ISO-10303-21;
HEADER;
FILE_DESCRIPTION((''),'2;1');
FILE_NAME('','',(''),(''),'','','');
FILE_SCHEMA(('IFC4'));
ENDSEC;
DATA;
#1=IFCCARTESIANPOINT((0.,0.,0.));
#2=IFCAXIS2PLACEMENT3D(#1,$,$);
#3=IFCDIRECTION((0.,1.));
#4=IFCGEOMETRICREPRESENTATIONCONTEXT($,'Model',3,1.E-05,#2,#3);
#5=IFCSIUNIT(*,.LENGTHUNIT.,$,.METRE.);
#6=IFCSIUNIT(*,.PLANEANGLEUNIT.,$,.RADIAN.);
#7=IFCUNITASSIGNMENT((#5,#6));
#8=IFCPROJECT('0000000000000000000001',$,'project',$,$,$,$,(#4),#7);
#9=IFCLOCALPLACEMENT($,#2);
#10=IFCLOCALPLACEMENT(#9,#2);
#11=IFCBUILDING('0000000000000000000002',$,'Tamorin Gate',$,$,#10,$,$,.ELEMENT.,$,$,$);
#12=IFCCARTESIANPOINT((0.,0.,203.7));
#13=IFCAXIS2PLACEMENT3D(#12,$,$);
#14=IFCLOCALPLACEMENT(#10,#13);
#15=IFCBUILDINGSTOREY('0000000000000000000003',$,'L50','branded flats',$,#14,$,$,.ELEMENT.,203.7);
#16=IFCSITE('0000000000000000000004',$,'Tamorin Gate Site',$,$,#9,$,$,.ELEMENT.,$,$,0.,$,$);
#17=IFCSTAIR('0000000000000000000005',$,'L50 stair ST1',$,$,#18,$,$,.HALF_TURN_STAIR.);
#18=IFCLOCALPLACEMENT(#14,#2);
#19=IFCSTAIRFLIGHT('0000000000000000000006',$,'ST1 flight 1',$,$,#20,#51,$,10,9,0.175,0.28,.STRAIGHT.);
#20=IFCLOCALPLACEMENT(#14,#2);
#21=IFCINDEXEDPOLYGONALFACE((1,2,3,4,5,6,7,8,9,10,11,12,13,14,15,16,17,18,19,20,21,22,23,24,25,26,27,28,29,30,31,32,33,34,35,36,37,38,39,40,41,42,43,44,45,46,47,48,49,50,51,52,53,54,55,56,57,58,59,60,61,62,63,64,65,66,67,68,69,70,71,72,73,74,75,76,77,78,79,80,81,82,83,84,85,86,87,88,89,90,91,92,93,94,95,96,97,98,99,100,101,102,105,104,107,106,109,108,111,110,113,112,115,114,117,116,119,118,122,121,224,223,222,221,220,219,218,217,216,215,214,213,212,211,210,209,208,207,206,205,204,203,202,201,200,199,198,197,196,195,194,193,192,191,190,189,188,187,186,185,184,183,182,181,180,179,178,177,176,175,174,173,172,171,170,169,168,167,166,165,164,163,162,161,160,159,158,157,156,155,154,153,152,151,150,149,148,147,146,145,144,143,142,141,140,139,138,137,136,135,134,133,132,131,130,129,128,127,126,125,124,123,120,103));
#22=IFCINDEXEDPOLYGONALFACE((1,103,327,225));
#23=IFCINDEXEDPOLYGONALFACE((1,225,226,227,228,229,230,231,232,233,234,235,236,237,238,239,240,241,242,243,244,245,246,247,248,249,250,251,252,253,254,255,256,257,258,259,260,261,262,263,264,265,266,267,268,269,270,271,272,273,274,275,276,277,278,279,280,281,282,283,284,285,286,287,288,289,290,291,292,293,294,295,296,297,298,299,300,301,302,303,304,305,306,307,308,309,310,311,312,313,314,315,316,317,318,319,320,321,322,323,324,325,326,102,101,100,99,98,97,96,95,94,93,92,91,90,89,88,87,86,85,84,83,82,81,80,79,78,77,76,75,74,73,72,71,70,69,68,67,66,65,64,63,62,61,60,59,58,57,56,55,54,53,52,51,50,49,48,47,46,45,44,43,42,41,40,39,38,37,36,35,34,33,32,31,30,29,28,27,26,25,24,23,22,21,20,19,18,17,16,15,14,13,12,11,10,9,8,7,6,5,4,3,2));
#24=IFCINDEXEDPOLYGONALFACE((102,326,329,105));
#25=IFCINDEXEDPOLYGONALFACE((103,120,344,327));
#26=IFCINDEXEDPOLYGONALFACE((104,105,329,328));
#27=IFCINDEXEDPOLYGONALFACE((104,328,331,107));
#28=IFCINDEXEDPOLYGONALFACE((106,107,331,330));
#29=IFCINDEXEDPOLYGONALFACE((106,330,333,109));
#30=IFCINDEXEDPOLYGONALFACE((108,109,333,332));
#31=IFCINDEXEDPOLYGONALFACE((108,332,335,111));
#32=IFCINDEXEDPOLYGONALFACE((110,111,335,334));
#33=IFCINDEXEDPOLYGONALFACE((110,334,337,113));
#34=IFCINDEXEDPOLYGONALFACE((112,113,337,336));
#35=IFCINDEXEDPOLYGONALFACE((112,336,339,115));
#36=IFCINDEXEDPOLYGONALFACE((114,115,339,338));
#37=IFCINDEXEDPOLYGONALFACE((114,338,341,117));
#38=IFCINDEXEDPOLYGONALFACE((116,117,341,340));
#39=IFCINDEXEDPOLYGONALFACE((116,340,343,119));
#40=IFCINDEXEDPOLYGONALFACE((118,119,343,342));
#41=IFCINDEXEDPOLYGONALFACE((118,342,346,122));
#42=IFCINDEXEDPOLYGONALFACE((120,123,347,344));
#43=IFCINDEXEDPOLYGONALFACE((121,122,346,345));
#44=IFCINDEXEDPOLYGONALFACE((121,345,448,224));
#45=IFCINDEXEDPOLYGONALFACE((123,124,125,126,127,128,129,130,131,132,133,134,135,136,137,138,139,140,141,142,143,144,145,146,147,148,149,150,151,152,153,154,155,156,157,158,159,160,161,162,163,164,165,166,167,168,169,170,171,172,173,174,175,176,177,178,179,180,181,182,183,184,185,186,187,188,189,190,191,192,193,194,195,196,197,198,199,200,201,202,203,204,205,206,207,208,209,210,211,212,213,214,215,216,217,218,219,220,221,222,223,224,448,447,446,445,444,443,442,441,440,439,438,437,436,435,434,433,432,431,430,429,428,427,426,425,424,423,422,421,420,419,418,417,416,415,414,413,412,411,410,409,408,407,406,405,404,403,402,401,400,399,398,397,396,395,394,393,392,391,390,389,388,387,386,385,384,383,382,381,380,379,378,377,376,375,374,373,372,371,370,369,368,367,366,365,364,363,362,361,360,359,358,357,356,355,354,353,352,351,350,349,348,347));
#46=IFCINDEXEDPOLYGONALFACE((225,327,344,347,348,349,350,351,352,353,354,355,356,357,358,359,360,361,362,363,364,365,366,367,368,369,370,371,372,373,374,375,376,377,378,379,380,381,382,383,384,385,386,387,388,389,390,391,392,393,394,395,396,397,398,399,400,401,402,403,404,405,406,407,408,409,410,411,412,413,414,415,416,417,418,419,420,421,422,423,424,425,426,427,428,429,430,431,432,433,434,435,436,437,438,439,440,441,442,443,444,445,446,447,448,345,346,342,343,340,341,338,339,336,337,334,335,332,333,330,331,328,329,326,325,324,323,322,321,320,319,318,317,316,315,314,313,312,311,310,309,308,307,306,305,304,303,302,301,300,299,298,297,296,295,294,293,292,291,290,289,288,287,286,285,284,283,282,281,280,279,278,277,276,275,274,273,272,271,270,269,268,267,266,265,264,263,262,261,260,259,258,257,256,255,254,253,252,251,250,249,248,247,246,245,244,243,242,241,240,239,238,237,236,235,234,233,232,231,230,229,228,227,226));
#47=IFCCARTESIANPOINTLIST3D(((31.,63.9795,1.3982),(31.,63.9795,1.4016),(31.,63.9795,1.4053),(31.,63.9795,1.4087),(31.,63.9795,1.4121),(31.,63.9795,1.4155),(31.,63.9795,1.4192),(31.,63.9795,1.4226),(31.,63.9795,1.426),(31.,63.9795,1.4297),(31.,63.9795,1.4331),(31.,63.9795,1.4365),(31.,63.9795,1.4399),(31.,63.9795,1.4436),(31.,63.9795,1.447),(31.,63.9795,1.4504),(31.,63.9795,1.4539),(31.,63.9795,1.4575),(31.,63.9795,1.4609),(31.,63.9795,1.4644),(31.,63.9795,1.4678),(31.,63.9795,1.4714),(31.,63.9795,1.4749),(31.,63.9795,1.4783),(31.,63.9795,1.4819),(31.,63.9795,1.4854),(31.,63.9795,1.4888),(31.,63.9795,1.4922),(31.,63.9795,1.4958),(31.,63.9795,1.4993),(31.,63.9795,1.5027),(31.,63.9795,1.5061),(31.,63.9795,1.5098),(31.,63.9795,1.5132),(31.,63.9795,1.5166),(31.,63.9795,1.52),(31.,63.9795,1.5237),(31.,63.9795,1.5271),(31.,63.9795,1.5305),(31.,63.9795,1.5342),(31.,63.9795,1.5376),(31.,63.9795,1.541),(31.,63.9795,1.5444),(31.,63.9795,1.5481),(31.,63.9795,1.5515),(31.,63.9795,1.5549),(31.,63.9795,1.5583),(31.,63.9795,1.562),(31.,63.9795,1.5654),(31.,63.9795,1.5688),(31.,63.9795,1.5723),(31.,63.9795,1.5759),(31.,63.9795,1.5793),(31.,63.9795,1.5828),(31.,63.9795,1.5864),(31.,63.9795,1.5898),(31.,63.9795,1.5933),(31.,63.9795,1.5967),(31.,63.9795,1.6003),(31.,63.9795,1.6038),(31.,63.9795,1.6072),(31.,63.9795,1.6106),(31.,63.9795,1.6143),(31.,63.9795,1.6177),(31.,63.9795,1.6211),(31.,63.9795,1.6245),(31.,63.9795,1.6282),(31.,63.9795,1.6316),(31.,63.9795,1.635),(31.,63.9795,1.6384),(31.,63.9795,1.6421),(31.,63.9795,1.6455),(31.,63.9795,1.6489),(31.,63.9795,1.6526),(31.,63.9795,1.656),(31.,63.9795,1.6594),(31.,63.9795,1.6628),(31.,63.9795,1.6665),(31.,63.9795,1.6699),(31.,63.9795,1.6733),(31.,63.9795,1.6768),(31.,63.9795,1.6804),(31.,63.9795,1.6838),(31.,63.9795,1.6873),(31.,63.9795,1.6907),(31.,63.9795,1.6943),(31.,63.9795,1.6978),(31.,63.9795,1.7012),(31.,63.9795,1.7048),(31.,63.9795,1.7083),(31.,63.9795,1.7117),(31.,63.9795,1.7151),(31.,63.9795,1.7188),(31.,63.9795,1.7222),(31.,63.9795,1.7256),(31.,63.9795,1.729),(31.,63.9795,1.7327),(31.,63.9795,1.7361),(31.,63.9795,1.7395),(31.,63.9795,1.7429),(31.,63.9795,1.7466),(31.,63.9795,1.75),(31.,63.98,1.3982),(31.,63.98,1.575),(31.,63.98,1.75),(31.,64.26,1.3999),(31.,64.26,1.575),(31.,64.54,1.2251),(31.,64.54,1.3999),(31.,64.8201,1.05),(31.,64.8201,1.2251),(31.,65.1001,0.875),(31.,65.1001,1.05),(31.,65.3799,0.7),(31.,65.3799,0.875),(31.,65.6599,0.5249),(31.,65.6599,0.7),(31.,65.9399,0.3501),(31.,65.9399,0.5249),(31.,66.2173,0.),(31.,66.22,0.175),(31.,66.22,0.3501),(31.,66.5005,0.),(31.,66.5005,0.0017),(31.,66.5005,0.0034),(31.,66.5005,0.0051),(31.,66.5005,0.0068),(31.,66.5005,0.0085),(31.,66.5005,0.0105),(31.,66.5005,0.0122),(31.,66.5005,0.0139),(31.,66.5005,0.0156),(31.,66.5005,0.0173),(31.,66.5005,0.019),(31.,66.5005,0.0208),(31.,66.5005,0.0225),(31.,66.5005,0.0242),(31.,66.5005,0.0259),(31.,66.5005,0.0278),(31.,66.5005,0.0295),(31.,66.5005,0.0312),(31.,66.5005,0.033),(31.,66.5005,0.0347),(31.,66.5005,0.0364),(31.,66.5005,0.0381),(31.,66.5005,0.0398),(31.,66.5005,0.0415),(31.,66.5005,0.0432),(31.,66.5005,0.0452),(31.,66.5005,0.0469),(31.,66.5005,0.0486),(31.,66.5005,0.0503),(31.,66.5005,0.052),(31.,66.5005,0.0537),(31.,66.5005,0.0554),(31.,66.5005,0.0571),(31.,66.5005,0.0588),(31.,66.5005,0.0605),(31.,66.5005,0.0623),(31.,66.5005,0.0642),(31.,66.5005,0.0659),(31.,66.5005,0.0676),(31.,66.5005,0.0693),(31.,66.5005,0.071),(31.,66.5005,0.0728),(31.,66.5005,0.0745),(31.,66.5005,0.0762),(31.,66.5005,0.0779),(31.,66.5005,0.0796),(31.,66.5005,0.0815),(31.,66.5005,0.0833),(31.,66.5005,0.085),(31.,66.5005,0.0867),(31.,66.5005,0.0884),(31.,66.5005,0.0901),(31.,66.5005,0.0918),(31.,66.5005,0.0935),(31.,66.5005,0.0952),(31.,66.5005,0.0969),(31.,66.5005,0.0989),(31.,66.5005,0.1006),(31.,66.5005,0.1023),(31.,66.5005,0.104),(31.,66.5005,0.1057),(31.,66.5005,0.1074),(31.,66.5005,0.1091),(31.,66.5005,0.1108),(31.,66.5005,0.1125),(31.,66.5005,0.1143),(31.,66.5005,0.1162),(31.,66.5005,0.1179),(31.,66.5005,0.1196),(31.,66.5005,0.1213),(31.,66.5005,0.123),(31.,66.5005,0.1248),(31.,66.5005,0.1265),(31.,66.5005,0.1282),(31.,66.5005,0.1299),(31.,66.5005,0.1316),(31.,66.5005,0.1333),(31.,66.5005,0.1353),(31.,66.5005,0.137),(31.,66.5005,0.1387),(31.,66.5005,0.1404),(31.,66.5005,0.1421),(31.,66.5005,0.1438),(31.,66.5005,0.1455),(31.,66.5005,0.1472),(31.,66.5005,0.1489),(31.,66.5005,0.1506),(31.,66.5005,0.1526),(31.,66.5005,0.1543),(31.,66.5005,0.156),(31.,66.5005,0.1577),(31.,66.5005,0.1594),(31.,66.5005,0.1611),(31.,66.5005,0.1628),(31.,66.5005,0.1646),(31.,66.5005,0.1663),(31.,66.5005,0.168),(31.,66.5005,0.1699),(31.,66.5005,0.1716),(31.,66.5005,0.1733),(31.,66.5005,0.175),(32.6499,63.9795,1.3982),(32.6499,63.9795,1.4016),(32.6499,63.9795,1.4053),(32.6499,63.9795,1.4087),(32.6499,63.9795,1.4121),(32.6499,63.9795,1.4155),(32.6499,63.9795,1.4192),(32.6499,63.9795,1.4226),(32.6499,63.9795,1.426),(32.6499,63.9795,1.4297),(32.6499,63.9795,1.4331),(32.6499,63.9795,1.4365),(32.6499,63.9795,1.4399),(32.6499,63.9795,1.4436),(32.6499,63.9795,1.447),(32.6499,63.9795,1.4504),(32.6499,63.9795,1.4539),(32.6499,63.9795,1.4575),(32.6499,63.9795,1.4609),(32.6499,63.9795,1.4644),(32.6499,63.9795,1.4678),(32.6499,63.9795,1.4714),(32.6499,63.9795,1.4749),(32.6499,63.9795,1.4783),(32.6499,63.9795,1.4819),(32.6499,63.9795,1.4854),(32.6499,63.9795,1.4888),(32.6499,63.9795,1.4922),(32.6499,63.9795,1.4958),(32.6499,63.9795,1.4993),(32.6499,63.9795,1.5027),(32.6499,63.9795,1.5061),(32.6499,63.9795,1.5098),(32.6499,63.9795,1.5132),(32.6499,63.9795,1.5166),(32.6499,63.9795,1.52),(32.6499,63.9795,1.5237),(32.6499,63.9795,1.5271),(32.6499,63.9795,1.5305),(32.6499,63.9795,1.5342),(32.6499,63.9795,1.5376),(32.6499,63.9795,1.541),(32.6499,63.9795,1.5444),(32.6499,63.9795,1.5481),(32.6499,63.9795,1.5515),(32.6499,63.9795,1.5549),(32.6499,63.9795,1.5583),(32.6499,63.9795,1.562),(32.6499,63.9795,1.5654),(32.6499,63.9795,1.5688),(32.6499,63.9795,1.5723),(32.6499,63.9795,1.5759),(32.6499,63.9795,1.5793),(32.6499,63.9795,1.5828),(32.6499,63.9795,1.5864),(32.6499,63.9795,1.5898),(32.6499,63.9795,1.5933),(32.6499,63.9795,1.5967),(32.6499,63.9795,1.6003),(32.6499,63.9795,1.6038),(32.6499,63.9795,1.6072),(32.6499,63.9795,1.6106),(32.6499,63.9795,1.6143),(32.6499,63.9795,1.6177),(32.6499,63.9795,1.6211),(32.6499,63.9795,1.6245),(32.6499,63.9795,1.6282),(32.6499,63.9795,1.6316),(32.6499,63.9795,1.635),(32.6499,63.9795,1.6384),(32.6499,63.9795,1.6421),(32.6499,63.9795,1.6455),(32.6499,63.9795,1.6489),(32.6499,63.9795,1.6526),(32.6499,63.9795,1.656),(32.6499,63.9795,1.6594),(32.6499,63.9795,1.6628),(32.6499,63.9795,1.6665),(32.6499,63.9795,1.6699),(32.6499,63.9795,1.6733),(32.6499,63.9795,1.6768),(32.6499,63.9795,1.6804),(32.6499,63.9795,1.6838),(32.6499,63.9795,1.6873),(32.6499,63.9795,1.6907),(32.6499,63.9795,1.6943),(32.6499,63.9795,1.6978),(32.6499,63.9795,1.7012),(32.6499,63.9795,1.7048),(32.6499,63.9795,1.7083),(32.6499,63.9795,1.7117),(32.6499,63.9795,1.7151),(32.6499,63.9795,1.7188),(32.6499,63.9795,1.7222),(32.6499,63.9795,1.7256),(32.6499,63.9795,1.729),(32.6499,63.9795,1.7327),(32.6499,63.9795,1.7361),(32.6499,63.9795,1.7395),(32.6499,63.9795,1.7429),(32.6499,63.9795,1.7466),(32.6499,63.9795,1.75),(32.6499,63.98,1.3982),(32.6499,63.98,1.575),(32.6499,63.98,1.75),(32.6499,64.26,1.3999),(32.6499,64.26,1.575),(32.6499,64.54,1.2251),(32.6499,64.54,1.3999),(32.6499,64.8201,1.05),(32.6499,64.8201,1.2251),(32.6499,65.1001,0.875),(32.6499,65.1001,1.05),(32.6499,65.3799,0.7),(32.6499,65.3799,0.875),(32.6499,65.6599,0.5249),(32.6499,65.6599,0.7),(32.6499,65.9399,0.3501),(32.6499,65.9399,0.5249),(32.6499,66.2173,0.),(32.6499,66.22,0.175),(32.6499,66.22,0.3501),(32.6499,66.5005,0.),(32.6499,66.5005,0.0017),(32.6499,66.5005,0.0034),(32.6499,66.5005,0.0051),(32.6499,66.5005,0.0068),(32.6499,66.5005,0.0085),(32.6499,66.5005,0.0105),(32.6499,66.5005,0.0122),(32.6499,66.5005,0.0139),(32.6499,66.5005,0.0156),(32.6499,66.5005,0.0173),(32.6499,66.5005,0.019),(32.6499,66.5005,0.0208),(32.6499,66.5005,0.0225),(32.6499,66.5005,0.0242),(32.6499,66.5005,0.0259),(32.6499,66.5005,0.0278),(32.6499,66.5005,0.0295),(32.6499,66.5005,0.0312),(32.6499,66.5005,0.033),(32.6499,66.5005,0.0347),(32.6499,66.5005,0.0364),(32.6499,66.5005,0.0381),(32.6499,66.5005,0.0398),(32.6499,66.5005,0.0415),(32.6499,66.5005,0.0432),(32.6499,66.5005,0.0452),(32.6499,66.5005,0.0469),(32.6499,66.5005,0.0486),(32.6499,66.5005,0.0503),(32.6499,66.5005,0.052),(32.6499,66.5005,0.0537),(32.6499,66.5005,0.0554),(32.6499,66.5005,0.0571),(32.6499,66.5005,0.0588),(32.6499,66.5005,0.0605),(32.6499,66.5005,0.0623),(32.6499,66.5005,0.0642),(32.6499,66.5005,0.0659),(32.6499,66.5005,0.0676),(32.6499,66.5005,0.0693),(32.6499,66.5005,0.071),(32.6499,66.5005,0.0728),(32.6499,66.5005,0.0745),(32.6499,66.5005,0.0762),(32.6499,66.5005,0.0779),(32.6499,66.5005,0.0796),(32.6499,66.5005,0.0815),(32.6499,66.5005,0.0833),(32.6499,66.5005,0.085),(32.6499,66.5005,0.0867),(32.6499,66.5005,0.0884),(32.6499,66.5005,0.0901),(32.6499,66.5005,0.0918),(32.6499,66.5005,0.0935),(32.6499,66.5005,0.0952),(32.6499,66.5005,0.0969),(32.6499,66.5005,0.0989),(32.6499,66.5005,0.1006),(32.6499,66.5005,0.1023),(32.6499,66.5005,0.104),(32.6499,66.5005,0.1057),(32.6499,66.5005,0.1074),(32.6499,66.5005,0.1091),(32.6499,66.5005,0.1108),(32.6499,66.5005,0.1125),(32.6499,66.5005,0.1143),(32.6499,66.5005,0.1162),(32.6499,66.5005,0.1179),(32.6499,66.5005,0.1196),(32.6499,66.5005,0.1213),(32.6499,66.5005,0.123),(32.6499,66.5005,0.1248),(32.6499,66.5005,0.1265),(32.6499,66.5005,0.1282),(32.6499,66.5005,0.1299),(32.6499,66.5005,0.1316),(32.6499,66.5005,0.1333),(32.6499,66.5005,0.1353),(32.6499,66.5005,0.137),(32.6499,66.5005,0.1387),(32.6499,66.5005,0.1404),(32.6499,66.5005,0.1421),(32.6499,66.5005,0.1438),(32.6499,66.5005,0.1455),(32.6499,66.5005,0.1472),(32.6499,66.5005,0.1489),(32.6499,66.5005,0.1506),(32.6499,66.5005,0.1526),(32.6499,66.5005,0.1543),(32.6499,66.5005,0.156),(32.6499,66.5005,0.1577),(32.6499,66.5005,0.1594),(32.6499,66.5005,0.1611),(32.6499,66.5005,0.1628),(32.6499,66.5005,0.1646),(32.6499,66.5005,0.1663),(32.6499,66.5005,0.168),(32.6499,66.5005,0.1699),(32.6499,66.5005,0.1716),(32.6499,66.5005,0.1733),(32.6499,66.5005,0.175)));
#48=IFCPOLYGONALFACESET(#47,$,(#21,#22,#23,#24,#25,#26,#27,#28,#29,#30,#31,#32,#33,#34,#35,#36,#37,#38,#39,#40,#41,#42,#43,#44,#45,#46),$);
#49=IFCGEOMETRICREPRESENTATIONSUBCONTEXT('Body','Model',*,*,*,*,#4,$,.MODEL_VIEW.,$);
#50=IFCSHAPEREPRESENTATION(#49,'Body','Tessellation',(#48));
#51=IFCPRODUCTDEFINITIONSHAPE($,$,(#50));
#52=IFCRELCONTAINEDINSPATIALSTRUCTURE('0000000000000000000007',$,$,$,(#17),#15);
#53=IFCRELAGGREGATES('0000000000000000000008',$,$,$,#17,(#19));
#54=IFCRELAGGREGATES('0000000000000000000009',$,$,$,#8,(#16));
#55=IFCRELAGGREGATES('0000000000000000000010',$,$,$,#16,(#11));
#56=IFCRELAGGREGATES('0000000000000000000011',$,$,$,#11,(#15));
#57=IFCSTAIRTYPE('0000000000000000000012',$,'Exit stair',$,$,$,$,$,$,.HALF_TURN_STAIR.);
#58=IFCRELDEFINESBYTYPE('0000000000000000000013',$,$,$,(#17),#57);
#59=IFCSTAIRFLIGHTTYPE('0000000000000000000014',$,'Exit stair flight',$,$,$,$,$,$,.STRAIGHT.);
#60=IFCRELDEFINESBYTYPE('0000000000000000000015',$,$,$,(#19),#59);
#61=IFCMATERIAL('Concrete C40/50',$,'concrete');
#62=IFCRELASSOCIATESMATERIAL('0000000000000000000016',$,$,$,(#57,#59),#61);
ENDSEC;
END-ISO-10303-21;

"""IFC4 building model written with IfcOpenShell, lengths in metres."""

from ifc_helpers import new_model, si_unit, direction, frame, origin, place, context, subcontext, project, spatial, polyline, outline, extrude, material, type_object, element, aggregate, save


model = new_model("IFC4")

# Units and contexts
model_context = context("Model", 3, precision=1e-05, world=origin(), true_north=direction((0.0, 1.0)))
body_context = subcontext(model_context, "Body", "Model", "MODEL_VIEW")
ifc_project = project(units=[si_unit("LENGTHUNIT", "METRE"), si_unit("PLANEANGLEUNIT", "RADIAN")], contexts=[model_context])

# Site, building, storey
site_placement = place(None, origin())
site = spatial("IfcSite", under=ifc_project, at=site_placement, Name="Tamorin Gate Site", CompositionType="ELEMENT", RefElevation=0.0)
building_placement = place(site_placement, origin())
building = spatial("IfcBuilding", under=site, at=building_placement, Name="Tamorin Gate", CompositionType="ELEMENT")
storey_placement = place(building_placement, frame((0.0, 0.0, 203.7)))
storey = spatial("IfcBuildingStorey", under=building, at=storey_placement, Name="L50", Description="branded flats", CompositionType="ELEMENT", Elevation=203.7)

# Shared definitions
ifc_material_1 = material(Name="Concrete C40/50", Category="concrete")

# Stair, stair flight
stair_type = type_object("IfcStairType", Name="Exit stair", PredefinedType="HALF_TURN_STAIR", material=ifc_material_1)
stair_1_placement = place(storey_placement, origin())
stair_1 = element("IfcStair", 1, at=stair_1_placement, inside=storey, type_object=stair_type, Name="L50 stair ST1", PredefinedType="HALF_TURN_STAIR")
stair_flight_type = type_object("IfcStairFlightType", Name="Exit stair flight", PredefinedType="STRAIGHT", material=ifc_material_1)
stair_flight_1_placement = place(storey_placement, frame((31.825, 66.5, 0.0), z_axis=(0.0, 0.0, 1.0), x_axis=(0.0, -1.0, 0.0)))
stair_flight_1 = element("IfcStairFlight", 2, at=stair_flight_1_placement, type_object=stair_flight_type, Name="ST1 flight 1", NumberOfRisers=10, NumberOfTreads=9, PredefinedType="STRAIGHT", RiserHeight=0.175, TreadLength=0.28, context=body_context, shape_type="SweptSolid", body=[
    extrude(outline(polyline([(-0.0005, 0.0), (-0.0005, 0.0017), (-0.0005, 0.0034), (-0.0005, 0.0051), (-0.0005, 0.0068), (-0.0005, 0.0085), (-0.0005, 0.0105), (-0.0005, 0.0122), (-0.0005, 0.0139), (-0.0005, 0.0156), (-0.0005, 0.0173), (-0.0005, 0.019), (-0.0005, 0.0208), (-0.0005, 0.0225), (-0.0005, 0.0242), (-0.0005, 0.0259), (-0.0005, 0.0278), (-0.0005, 0.0295), (-0.0005, 0.0312), (-0.0005, 0.033), (-0.0005, 0.0347), (-0.0005, 0.0364), (-0.0005, 0.0381), (-0.0005, 0.0398), (-0.0005, 0.0415), (-0.0005, 0.0432), (-0.0005, 0.0452), (-0.0005, 0.0469), (-0.0005, 0.0486), (-0.0005, 0.0503), (-0.0005, 0.052), (-0.0005, 0.0537), (-0.0005, 0.0554), (-0.0005, 0.0571), (-0.0005, 0.0588), (-0.0005, 0.0605), (-0.0005, 0.0623), (-0.0005, 0.0642), (-0.0005, 0.0659), (-0.0005, 0.0676), (-0.0005, 0.0693), (-0.0005, 0.071), (-0.0005, 0.0728), (-0.0005, 0.0745), (-0.0005, 0.0762), (-0.0005, 0.0779), (-0.0005, 0.0796), (-0.0005, 0.0815), (-0.0005, 0.0833), (-0.0005, 0.085), (-0.0005, 0.0867), (-0.0005, 0.0884), (-0.0005, 0.0901), (-0.0005, 0.0918), (-0.0005, 0.0935), (-0.0005, 0.0952), (-0.0005, 0.0969), (-0.0005, 0.0989), (-0.0005, 0.1006), (-0.0005, 0.1023), (-0.0005, 0.104), (-0.0005, 0.1057), (-0.0005, 0.1074), (-0.0005, 0.1091), (-0.0005, 0.1108), (-0.0005, 0.1125), (-0.0005, 0.1143), (-0.0005, 0.1162), (-0.0005, 0.1179), (-0.0005, 0.1196), (-0.0005, 0.1213), (-0.0005, 0.123), (-0.0005, 0.1248), (-0.0005, 0.1265), (-0.0005, 0.1282), (-0.0005, 0.1299), (-0.0005, 0.1316), (-0.0005, 0.1333), (-0.0005, 0.1353), (-0.0005, 0.137), (-0.0005, 0.1387), (-0.0005, 0.1404), (-0.0005, 0.1421), (-0.0005, 0.1438), (-0.0005, 0.1455), (-0.0005, 0.1472), (-0.0005, 0.1489), (-0.0005, 0.1506), (-0.0005, 0.1526), (-0.0005, 0.1543), (-0.0005, 0.156), (-0.0005, 0.1577), (-0.0005, 0.1594), (-0.0005, 0.1611), (-0.0005, 0.1628), (-0.0005, 0.1646), (-0.0005, 0.1663), (-0.0005, 0.168), (-0.0005, 0.1699), (-0.0005, 0.1716), (-0.0005, 0.1733), (-0.0005, 0.175), (0.28, 0.175), (0.28, 0.3501), (0.5601, 0.3501), (0.5601, 0.5249), (0.8401, 0.5249), (0.8401, 0.7), (1.1201, 0.7), (1.1201, 0.875), (1.3999, 0.875), (1.3999, 1.05), (1.6799, 1.05), (1.6799, 1.2251), (1.96, 1.2251), (1.96, 1.3999), (2.24, 1.3999), (2.24, 1.575), (2.52, 1.575), (2.52, 1.75), (2.5205, 1.75), (2.5205, 1.7466), (2.5205, 1.7429), (2.5205, 1.7395), (2.5205, 1.7361), (2.5205, 1.7327), (2.5205, 1.729), (2.5205, 1.7256), (2.5205, 1.7222), (2.5205, 1.7188), (2.5205, 1.7151), (2.5205, 1.7117), (2.5205, 1.7083), (2.5205, 1.7048), (2.5205, 1.7012), (2.5205, 1.6978), (2.5205, 1.6943), (2.5205, 1.6907), (2.5205, 1.6873), (2.5205, 1.6838), (2.5205, 1.6804), (2.5205, 1.6768), (2.5205, 1.6733), (2.5205, 1.6699), (2.5205, 1.6665), (2.5205, 1.6628), (2.5205, 1.6594), (2.5205, 1.656), (2.5205, 1.6526), (2.5205, 1.6489), (2.5205, 1.6455), (2.5205, 1.6421), (2.5205, 1.6384), (2.5205, 1.635), (2.5205, 1.6316), (2.5205, 1.6282), (2.5205, 1.6245), (2.5205, 1.6211), (2.5205, 1.6177), (2.5205, 1.6143), (2.5205, 1.6106), (2.5205, 1.6072), (2.5205, 1.6038), (2.5205, 1.6003), (2.5205, 1.5967), (2.5205, 1.5933), (2.5205, 1.5898), (2.5205, 1.5864), (2.5205, 1.5828), (2.5205, 1.5793), (2.5205, 1.5759), (2.5205, 1.5723), (2.5205, 1.5688), (2.5205, 1.5654), (2.5205, 1.562), (2.5205, 1.5583), (2.5205, 1.5549), (2.5205, 1.5515), (2.5205, 1.5481), (2.5205, 1.5444), (2.5205, 1.541), (2.5205, 1.5376), (2.5205, 1.5342), (2.5205, 1.5305), (2.5205, 1.5271), (2.5205, 1.5237), (2.5205, 1.52), (2.5205, 1.5166), (2.5205, 1.5132), (2.5205, 1.5098), (2.5205, 1.5061), (2.5205, 1.5027), (2.5205, 1.4993), (2.5205, 1.4958), (2.5205, 1.4922), (2.5205, 1.4888), (2.5205, 1.4854), (2.5205, 1.4819), (2.5205, 1.4783), (2.5205, 1.4749), (2.5205, 1.4714), (2.5205, 1.4678), (2.5205, 1.4644), (2.5205, 1.4609), (2.5205, 1.4575), (2.5205, 1.4539), (2.5205, 1.4504), (2.5205, 1.447), (2.5205, 1.4436), (2.5205, 1.4399), (2.5205, 1.4365), (2.5205, 1.4331), (2.5205, 1.4297), (2.5205, 1.426), (2.5205, 1.4226), (2.5205, 1.4192), (2.5205, 1.4155), (2.5205, 1.4121), (2.5205, 1.4087), (2.5205, 1.4053), (2.5205, 1.4016), (2.5205, 1.3982), (2.52, 1.3982), (0.2827, 0.0), (-0.0005, 0.0)])), frame((0.0, 0.825, 0.0), z_axis=(0.0, -1.0, 0.0), x_axis=(1.0, 0.0, 0.0)), (0.0, 0.0, 1.0), 1.6499),
])
aggregate(stair_1, [stair_flight_1])

save(model, "model.ifc")
